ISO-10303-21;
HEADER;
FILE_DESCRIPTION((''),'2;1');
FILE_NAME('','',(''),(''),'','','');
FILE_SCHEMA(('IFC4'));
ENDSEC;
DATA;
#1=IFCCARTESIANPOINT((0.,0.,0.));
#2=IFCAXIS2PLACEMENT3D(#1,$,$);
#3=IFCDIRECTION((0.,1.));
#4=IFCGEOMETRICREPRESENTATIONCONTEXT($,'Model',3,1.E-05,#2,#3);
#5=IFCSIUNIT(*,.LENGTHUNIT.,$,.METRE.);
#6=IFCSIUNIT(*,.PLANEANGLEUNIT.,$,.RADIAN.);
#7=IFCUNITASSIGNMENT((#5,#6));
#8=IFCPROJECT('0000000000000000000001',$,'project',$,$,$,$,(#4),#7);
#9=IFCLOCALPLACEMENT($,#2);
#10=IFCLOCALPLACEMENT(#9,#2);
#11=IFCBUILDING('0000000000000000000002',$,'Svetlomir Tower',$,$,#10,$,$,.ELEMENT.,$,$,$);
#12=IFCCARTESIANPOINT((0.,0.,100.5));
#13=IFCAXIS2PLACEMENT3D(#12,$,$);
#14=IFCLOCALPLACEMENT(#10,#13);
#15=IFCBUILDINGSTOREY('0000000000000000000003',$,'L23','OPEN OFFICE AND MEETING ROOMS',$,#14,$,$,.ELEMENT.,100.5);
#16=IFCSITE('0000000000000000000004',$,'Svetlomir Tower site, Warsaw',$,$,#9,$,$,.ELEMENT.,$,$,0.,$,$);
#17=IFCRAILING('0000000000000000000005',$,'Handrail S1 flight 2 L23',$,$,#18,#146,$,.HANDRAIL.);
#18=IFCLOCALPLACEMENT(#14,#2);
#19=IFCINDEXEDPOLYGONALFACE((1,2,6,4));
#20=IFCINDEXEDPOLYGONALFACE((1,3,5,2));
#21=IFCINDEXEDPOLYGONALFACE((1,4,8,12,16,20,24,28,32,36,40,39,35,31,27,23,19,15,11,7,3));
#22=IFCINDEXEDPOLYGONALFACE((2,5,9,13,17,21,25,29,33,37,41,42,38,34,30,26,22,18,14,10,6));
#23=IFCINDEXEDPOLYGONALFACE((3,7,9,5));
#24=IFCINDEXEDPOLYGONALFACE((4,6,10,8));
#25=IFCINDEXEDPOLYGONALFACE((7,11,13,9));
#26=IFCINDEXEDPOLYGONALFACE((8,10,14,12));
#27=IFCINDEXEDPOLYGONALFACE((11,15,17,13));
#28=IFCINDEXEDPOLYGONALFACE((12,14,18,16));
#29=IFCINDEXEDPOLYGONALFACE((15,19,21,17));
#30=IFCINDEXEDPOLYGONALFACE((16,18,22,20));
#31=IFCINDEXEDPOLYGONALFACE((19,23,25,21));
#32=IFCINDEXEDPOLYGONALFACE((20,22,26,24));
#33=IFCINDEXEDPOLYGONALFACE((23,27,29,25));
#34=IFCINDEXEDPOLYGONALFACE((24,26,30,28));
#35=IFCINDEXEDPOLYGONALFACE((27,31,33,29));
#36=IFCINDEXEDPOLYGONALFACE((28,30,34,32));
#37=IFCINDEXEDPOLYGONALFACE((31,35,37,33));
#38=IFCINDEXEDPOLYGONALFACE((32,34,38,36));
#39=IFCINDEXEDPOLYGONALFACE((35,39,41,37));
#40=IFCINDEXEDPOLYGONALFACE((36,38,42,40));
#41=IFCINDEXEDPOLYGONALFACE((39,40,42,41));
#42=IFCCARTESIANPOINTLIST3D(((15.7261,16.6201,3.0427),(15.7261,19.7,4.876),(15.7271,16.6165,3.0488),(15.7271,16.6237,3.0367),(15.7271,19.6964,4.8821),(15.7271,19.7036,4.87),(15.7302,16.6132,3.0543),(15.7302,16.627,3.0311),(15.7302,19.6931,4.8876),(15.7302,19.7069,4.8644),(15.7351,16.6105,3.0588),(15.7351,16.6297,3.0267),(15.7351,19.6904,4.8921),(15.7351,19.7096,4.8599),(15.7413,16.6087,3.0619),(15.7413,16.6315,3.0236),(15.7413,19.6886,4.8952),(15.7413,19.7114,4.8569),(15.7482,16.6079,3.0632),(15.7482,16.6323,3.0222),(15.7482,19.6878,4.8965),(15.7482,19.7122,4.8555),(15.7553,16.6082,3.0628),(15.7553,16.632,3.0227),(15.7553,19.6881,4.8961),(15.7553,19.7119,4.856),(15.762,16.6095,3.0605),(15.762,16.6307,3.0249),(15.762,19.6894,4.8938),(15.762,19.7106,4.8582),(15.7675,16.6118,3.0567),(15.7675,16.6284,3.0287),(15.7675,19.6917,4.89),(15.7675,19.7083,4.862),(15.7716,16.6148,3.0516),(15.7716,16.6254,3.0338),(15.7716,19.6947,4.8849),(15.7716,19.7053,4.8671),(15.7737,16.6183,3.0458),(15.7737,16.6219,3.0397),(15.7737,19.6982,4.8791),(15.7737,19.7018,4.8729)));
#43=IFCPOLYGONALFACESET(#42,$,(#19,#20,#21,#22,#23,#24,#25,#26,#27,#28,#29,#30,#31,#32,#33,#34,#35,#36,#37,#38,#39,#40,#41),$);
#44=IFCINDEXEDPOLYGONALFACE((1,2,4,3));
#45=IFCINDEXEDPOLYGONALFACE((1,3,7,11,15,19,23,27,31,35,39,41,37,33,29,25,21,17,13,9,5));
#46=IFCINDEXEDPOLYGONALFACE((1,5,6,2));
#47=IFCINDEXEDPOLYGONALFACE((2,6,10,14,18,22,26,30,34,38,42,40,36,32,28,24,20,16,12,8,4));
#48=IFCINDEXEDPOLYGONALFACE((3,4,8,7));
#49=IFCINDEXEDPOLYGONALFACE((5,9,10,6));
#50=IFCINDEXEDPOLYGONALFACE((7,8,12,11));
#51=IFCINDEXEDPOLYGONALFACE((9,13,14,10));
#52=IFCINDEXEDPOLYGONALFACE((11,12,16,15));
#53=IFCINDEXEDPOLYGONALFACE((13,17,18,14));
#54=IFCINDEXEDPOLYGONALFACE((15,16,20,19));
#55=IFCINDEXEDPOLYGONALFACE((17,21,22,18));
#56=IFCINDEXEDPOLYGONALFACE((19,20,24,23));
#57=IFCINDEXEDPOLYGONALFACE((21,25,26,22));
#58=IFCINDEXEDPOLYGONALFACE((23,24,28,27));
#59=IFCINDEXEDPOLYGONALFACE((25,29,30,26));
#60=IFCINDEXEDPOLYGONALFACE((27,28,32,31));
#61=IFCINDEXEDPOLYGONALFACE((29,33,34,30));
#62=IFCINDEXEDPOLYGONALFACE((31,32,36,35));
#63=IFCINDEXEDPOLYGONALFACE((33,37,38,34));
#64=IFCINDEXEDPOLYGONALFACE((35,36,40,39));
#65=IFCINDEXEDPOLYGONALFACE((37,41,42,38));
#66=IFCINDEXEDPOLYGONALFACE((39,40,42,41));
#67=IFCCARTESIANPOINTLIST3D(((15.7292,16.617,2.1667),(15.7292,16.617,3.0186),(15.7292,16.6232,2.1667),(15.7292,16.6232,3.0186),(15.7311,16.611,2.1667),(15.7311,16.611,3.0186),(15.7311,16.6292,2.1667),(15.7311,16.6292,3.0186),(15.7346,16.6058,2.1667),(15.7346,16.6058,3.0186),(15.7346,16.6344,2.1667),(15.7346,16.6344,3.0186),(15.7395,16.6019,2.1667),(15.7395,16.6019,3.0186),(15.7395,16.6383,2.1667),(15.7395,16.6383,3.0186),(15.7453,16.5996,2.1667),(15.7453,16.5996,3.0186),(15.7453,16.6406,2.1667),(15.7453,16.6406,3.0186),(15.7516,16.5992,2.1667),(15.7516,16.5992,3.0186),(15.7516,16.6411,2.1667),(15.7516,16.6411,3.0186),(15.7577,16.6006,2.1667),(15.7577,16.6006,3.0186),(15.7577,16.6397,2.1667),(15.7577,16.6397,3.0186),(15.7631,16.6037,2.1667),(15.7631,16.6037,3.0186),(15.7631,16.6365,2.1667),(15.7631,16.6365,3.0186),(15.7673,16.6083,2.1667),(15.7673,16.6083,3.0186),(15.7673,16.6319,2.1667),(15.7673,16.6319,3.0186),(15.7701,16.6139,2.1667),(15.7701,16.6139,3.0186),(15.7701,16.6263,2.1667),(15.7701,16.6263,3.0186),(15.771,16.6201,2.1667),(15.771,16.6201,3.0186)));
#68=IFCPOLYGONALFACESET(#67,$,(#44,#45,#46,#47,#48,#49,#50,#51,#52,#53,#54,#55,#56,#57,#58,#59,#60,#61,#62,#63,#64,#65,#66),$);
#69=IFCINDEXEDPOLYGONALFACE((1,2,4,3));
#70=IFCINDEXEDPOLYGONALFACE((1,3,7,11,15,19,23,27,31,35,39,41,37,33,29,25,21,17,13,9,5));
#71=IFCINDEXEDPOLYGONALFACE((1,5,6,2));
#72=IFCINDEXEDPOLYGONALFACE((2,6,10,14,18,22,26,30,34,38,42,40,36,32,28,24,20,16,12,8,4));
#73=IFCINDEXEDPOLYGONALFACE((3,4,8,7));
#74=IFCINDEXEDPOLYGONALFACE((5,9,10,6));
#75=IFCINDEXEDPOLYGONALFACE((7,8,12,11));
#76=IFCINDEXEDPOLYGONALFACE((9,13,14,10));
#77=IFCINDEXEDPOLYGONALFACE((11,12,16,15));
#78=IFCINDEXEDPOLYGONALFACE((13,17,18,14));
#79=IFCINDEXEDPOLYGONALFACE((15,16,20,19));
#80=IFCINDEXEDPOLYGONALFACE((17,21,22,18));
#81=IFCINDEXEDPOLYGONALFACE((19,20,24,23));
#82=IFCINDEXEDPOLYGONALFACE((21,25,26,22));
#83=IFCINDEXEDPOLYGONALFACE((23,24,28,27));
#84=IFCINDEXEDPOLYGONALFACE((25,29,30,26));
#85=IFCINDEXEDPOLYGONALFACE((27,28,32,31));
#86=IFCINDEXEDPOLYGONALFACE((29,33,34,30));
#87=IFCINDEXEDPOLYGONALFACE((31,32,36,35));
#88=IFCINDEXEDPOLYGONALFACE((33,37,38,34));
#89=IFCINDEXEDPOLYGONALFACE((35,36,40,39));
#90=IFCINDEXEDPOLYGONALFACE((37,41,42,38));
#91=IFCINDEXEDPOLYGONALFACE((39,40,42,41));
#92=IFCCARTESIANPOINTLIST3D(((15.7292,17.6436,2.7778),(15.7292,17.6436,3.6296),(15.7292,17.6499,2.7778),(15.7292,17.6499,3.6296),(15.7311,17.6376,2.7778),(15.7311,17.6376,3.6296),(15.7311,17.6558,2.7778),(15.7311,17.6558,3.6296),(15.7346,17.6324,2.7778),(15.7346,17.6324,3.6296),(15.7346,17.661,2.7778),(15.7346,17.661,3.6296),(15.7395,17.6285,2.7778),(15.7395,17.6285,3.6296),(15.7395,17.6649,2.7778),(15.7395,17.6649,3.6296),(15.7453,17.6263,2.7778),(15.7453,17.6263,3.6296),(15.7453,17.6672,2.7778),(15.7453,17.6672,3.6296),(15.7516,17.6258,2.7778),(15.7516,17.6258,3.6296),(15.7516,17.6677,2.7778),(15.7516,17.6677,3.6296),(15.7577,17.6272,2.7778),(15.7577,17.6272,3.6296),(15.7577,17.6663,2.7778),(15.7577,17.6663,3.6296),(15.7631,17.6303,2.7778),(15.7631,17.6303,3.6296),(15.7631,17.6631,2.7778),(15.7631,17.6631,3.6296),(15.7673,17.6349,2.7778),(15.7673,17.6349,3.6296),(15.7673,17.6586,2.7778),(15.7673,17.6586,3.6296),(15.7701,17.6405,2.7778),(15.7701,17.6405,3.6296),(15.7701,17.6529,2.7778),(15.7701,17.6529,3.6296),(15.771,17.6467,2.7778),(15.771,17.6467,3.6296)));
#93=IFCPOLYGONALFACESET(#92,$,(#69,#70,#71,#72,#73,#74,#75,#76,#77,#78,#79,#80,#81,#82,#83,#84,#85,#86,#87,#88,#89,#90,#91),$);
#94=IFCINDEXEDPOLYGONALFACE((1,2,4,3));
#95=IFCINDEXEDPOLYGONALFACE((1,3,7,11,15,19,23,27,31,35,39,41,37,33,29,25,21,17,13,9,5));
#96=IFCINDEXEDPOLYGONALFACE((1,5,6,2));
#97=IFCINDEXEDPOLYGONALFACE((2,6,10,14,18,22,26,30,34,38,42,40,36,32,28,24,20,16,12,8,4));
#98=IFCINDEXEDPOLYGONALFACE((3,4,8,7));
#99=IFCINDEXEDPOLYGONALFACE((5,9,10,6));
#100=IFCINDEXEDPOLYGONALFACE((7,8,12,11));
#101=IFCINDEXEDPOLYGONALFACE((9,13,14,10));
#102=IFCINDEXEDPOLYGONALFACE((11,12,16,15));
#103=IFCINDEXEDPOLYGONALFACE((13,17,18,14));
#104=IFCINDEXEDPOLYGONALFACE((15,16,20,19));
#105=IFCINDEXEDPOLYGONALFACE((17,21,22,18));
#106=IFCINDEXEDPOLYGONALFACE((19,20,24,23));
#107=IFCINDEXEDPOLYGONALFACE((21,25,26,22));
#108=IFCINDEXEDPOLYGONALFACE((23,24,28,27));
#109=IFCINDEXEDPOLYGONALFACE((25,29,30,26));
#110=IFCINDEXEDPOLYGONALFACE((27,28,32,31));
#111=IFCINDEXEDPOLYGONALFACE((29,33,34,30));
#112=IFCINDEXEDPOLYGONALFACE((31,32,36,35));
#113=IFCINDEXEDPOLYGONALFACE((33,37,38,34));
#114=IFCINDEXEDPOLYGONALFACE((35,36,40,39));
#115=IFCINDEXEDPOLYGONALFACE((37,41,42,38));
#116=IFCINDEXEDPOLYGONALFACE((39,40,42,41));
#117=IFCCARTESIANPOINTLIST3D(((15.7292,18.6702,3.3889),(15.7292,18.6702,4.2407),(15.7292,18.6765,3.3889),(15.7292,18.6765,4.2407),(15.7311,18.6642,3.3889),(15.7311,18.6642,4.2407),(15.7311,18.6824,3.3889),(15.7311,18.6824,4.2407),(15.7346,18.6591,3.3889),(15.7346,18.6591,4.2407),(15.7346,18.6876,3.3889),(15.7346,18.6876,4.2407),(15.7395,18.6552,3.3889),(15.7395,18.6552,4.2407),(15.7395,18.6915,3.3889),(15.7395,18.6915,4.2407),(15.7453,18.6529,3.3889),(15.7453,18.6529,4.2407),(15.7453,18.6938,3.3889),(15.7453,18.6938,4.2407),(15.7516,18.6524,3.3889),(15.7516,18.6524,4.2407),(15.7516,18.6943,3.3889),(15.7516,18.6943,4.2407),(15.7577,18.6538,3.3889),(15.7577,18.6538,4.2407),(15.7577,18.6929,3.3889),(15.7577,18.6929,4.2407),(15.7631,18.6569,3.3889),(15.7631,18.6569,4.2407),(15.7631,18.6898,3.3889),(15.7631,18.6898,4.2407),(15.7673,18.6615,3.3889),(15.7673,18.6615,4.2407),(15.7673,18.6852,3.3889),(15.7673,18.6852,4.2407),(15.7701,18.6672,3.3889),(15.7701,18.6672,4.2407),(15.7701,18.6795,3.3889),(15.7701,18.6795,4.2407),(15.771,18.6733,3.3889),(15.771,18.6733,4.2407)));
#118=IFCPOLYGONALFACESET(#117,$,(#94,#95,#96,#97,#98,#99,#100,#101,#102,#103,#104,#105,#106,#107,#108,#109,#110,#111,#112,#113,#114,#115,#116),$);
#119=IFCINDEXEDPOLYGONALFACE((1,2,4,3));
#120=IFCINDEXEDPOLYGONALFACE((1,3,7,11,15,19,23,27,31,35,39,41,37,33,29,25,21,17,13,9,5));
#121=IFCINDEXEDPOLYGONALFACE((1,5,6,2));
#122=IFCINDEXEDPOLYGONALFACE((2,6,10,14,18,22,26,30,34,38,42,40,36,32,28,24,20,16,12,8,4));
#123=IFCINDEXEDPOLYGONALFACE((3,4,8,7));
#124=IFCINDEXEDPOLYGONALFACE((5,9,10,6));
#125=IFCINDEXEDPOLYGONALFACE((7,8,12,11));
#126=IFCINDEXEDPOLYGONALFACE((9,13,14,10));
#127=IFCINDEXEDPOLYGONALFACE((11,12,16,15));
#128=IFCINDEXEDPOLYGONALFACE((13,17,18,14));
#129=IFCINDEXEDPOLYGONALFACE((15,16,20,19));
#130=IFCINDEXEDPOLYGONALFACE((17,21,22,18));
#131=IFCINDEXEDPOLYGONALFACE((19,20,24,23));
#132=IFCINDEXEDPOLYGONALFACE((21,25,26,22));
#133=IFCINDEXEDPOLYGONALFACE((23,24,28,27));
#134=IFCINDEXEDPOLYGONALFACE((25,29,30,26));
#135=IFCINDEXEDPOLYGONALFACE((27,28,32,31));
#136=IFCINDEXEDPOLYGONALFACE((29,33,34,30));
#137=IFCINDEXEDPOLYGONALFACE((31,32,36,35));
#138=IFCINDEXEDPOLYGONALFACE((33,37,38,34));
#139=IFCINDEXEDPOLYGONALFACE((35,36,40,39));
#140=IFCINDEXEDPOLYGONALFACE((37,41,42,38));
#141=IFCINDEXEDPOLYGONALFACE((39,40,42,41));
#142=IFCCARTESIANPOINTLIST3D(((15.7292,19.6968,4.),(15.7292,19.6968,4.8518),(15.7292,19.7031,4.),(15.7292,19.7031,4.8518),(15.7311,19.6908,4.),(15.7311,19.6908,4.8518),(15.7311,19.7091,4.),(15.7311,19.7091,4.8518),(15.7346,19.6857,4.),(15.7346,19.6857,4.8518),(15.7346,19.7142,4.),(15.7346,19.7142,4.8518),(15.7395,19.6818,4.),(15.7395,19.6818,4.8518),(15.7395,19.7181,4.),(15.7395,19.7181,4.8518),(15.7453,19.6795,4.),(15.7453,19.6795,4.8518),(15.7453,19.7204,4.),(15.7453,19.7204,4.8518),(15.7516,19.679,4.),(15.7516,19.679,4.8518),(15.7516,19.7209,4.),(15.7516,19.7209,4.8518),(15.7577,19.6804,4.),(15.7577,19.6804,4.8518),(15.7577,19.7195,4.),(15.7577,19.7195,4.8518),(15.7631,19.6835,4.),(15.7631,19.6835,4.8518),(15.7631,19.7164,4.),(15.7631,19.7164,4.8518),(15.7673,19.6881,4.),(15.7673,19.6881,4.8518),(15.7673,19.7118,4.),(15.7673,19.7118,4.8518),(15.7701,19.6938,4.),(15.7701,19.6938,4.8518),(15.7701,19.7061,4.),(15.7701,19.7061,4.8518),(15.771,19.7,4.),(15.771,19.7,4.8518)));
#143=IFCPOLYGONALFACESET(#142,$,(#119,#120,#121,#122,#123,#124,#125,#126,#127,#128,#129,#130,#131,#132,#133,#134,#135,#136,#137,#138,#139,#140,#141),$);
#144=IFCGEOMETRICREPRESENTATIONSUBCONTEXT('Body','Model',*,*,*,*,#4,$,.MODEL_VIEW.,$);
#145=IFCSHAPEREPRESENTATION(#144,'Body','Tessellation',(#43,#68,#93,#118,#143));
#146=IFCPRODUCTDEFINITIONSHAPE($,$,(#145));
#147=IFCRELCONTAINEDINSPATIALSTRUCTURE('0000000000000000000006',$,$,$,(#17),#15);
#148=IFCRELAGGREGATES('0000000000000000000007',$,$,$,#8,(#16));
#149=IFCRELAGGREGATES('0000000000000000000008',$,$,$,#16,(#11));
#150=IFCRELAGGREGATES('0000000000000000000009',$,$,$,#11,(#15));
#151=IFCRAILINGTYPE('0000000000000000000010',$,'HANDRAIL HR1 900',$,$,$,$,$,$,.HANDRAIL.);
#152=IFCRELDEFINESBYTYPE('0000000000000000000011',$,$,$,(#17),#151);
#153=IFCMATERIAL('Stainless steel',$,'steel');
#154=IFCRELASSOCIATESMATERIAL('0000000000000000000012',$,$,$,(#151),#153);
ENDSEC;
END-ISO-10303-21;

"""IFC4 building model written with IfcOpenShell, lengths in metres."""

from ifc_helpers import new_model, si_unit, direction, frame, origin, origin_2d, place, context, subcontext, project, spatial, circle, extrude, material, type_object, element, save


model = new_model("IFC4")

# Units and contexts
model_context = context("Model", 3, precision=1e-05, world=origin(), true_north=direction((0.0, 1.0)))
body_context = subcontext(model_context, "Body", "Model", "MODEL_VIEW")
ifc_project = project(units=[si_unit("LENGTHUNIT", "METRE"), si_unit("PLANEANGLEUNIT", "RADIAN")], contexts=[model_context])

# Site, building, storey
site_placement = place(None, origin())
site = spatial("IfcSite", under=ifc_project, at=site_placement, Name="Svetlomir Tower site, Warsaw", CompositionType="ELEMENT", RefElevation=0.0)
building_placement = place(site_placement, origin())
building = spatial("IfcBuilding", under=site, at=building_placement, Name="Svetlomir Tower", CompositionType="ELEMENT")
storey_placement = place(building_placement, frame((0.0, 0.0, 100.5)))
storey = spatial("IfcBuildingStorey", under=building, at=storey_placement, Name="L23", Description="OPEN OFFICE AND MEETING ROOMS", CompositionType="ELEMENT", Elevation=100.5)

# Railing
ifc_material_1 = material(Name="Stainless steel", Category="steel")
railing_type = type_object("IfcRailingType", Name="HANDRAIL HR1 900", PredefinedType="HANDRAIL", material=ifc_material_1)
railing_placement = place(storey_placement, frame((15.75, 16.6201, 2.1667)))
element("IfcRailing", 1, at=railing_placement, inside=storey, type_object=railing_type, Name="Handrail S1 flight 2 L23", PredefinedType="HANDRAIL", context=body_context, shape_type="SweptSolid", body=[
    extrude(circle(Radius=0.0239, at=origin_2d()), frame((0.0, 0.0, 0.876), z_axis=(0.0, 0.859291, 0.511487), x_axis=(-1.0, 0.0, 0.0)), (0.0, 0.0, 1.0), 3.5842),
    extrude(circle(Radius=0.021, at=origin_2d()), origin(), (0.0, 0.0, 1.0), 0.8518),
    extrude(circle(Radius=0.021, at=origin_2d()), frame((0.0, 1.0266, 0.6111)), (0.0, 0.0, 1.0), 0.8518),
    extrude(circle(Radius=0.021, at=origin_2d()), frame((0.0, 2.0532, 1.2222)), (0.0, 0.0, 1.0), 0.8518),
    extrude(circle(Radius=0.021, at=origin_2d()), frame((0.0, 3.0798, 1.8333)), (0.0, 0.0, 1.0), 0.8518),
])

save(model, "model.ifc")
